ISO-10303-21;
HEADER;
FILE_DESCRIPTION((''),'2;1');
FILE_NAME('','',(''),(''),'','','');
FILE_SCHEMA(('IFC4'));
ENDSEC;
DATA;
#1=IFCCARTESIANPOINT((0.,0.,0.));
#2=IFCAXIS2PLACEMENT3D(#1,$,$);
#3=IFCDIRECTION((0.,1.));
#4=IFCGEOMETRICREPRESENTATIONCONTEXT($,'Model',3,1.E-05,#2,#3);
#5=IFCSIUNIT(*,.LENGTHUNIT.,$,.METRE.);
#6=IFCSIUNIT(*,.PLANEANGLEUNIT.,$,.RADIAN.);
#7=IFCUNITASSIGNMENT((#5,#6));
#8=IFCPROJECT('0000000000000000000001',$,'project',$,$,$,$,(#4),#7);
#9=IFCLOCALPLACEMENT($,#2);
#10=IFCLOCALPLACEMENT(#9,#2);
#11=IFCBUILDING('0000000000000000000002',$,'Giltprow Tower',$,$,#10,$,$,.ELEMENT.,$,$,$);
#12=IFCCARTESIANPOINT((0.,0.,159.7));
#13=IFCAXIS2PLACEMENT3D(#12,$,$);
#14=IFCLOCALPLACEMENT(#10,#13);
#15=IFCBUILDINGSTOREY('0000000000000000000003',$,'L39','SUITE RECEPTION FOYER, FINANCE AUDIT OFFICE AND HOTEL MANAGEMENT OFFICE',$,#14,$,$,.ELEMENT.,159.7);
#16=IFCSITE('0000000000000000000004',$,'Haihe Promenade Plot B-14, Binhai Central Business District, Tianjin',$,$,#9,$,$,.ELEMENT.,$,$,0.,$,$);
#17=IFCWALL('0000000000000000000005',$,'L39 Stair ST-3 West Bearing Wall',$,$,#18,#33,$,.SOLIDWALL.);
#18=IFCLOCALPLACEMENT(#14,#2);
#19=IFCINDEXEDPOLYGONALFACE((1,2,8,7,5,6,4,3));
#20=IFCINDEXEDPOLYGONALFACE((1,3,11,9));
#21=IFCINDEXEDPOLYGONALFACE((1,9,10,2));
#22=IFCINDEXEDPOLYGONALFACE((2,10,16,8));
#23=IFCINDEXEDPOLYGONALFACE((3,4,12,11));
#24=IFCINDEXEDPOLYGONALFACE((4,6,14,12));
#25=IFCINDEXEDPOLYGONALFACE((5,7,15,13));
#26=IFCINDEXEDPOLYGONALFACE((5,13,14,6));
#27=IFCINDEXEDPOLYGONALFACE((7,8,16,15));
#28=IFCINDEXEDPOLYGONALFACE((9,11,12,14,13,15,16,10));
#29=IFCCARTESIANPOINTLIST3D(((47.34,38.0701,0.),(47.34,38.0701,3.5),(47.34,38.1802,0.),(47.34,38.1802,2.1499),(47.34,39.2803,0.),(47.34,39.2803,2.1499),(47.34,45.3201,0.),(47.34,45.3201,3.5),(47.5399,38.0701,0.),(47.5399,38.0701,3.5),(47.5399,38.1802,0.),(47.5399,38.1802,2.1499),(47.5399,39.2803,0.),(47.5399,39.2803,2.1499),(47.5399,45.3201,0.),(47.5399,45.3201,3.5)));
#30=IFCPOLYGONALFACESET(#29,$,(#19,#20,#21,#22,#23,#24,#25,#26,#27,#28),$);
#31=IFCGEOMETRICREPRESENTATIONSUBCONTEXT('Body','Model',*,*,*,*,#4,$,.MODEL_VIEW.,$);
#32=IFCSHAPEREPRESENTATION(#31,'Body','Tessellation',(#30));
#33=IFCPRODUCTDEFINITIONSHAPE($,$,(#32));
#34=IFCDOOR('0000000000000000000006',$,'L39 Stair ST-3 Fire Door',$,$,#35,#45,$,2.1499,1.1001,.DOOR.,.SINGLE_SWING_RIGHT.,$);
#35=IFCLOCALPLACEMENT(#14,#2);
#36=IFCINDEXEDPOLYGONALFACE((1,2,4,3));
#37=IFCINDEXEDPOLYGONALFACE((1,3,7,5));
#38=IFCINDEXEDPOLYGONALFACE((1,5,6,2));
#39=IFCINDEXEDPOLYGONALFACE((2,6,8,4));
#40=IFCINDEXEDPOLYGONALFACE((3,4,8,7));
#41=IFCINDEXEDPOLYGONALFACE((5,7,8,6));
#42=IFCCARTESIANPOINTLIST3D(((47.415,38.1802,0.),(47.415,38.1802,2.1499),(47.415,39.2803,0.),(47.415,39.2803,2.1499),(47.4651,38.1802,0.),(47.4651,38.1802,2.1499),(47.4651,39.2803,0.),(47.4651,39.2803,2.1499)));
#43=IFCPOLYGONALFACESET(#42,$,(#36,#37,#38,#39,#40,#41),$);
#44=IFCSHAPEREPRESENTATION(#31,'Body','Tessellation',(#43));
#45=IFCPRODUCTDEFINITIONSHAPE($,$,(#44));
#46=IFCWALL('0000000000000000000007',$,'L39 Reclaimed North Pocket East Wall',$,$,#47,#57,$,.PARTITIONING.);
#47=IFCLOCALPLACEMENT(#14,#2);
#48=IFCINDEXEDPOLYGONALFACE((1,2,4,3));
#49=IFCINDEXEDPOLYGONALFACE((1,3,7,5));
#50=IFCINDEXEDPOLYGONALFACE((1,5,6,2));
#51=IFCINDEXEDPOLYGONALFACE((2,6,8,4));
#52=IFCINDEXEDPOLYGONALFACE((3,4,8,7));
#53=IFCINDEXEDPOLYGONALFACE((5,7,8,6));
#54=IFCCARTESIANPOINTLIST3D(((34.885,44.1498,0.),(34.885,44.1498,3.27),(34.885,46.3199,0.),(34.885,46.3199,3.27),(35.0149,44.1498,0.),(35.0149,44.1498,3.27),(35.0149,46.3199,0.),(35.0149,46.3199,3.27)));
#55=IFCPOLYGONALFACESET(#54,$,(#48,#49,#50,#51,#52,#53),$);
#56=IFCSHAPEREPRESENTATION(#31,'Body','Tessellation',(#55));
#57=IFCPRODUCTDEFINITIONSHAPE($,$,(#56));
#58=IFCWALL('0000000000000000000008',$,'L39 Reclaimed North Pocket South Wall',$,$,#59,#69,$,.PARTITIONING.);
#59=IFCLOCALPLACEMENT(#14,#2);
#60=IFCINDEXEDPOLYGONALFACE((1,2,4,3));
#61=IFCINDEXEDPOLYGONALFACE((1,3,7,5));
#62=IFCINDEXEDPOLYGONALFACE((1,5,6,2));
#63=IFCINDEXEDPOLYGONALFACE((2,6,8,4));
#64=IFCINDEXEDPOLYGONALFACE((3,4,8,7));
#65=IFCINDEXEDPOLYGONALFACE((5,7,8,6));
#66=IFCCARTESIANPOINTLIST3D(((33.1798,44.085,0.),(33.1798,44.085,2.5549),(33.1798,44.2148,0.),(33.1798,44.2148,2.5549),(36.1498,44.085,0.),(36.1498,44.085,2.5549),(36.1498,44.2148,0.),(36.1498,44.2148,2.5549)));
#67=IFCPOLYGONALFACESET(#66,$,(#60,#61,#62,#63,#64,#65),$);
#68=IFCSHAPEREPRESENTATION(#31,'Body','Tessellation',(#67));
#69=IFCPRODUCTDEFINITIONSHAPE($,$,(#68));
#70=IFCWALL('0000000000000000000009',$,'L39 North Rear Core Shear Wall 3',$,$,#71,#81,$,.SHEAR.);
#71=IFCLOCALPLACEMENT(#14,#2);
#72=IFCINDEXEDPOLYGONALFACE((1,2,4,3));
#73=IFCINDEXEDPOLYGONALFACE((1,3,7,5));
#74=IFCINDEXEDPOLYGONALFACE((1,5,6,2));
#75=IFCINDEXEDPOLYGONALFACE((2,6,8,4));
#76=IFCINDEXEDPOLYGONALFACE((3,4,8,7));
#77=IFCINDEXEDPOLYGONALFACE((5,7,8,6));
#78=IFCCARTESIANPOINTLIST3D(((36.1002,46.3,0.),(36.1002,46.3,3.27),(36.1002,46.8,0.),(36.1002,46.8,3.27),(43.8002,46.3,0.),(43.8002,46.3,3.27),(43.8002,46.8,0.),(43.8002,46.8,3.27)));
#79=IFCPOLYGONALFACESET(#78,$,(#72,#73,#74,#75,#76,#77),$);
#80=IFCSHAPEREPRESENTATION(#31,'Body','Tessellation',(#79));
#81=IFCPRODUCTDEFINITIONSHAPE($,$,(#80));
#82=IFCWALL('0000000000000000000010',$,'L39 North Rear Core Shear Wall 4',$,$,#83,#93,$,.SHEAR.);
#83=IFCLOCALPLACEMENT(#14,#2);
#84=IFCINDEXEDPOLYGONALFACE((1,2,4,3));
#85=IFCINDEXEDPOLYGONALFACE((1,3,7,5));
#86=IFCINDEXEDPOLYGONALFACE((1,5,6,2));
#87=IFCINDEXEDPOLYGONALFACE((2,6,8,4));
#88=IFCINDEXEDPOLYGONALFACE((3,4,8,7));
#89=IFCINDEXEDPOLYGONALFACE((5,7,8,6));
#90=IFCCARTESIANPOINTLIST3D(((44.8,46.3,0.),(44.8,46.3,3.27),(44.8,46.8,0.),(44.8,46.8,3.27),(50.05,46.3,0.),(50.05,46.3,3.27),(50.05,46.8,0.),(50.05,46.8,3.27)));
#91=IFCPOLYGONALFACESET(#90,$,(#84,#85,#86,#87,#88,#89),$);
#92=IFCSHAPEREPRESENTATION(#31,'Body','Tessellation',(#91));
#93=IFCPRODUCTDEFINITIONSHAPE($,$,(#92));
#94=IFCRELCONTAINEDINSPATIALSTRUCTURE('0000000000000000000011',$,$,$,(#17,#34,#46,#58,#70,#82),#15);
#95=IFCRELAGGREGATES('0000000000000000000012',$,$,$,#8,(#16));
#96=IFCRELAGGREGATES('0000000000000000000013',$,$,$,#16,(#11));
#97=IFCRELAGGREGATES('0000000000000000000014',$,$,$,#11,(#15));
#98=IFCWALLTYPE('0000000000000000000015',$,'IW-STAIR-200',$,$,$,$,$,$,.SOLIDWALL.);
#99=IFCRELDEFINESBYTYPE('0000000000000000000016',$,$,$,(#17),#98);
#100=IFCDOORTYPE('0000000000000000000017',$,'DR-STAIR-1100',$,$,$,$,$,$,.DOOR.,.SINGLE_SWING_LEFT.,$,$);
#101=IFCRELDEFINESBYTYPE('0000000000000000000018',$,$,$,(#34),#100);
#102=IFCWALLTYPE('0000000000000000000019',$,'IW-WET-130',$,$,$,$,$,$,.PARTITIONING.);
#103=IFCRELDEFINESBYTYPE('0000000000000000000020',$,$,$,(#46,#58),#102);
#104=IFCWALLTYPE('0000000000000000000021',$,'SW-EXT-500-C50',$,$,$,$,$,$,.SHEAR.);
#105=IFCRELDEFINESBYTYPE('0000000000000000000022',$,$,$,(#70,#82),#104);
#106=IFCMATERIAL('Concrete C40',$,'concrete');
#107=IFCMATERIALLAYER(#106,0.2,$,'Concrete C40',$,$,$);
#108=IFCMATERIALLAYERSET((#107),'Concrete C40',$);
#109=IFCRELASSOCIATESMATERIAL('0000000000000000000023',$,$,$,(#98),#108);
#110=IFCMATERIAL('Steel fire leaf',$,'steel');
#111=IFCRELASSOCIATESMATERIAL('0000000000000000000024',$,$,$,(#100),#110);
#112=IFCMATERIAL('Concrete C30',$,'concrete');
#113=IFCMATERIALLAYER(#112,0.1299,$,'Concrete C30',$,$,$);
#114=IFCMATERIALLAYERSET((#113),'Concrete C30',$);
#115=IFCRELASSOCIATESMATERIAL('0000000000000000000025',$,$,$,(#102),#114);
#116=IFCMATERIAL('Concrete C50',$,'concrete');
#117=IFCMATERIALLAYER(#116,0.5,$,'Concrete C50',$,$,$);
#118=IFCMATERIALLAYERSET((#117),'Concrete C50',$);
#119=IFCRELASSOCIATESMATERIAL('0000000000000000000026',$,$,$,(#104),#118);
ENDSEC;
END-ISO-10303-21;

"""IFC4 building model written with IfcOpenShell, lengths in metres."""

from ifc_helpers import new_model, si_unit, direction, frame, frame_2d, origin, place, context, subcontext, project, spatial, rectangle, extrude, source, transform, mapped, material, layer, layer_set, type_object, element, fill, save


model = new_model("IFC4")

# Units and contexts
model_context = context("Model", 3, precision=1e-05, world=origin(), true_north=direction((0.0, 1.0)))
body_context = subcontext(model_context, "Body", "Model", "MODEL_VIEW")
ifc_project = project(units=[si_unit("LENGTHUNIT", "METRE"), si_unit("PLANEANGLEUNIT", "RADIAN")], contexts=[model_context])

# Site, building, storey
site_placement = place(None, origin())
site = spatial("IfcSite", under=ifc_project, at=site_placement, Name="Haihe Promenade Plot B-14, Binhai Central Business District, Tianjin", CompositionType="ELEMENT", RefElevation=0.0)
building_placement = place(site_placement, origin())
building = spatial("IfcBuilding", under=site, at=building_placement, Name="Giltprow Tower", CompositionType="ELEMENT")
storey_placement = place(building_placement, frame((0.0, 0.0, 159.7)))
storey = spatial("IfcBuildingStorey", under=building, at=storey_placement, Name="L39", Description="SUITE RECEPTION FOYER, FINANCE AUDIT OFFICE AND HOTEL MANAGEMENT OFFICE", CompositionType="ELEMENT", Elevation=159.7)

# Shared definitions
ifc_material_1 = material(Name="Concrete C50", Category="concrete")

# Shared definitions
ifc_material_2 = material(Name="Concrete C40", Category="concrete")

# Wall, opening, door
ifc_layer_1 = layer(ifc_material_2, 0.2, Name="Concrete C40")
ifc_layer_set_1 = layer_set([ifc_layer_1], Name="Concrete C40")
wall_type_1 = type_object("IfcWallType", Name="IW-STAIR-200", PredefinedType="SOLIDWALL", material=ifc_layer_set_1)
wall_1_placement = place(storey_placement, frame((47.4399, 38.0701, 0.0), z_axis=(0.0, 0.0, 1.0), x_axis=(0.0, 1.0, 0.0)))
wall_1 = element("IfcWall", 1, at=wall_1_placement, inside=storey, type_object=wall_type_1, Name="L39 Stair ST-3 West Bearing Wall", PredefinedType="SOLIDWALL", context=body_context, shape_type="SweptSolid", body=[
    extrude(rectangle(XDim=7.25, YDim=0.2, at=frame_2d((3.625, 0.0))), origin(), (0.0, 0.0, 1.0), 3.5),
])
opening_1_placement = place(wall_1_placement, frame((0.1101, 0.0, 0.0)))
opening_1 = element("IfcOpeningElement", 2, at=opening_1_placement, cuts=wall_1, PredefinedType="OPENING", context=body_context, shape_type="SweptSolid", body=[
    extrude(rectangle(XDim=1.1001, YDim=2.1499, at=frame_2d((0.55, 1.075))), frame((0.0, 0.1099, 0.0), z_axis=(0.0, -1.0, 0.0), x_axis=(1.0, 0.0, 0.0)), (0.0, 0.0, 1.0), 0.22),
])
ifc_material_3 = material(Name="Steel fire leaf", Category="steel")
door_type_1 = type_object("IfcDoorType", Name="DR-STAIR-1100", OperationType="SINGLE_SWING_LEFT", PredefinedType="DOOR", material=ifc_material_3)
shared_shape_1 = source(origin(), body_context, "Body", "SweptSolid", [
    extrude(rectangle(XDim=1.1001, YDim=2.1499, at=frame_2d((0.55, 1.075))), frame((0.0, 0.0249, 0.0), z_axis=(0.0, -1.0, 0.0), x_axis=(1.0, 0.0, 0.0)), (0.0, 0.0, 1.0), 0.05),
])
door_1_placement = place(opening_1_placement, origin())
door_1 = element("IfcDoor", 3, at=door_1_placement, inside=storey, type_object=door_type_1, Name="L39 Stair ST-3 Fire Door", OperationType="SINGLE_SWING_RIGHT", OverallHeight=2.1499, OverallWidth=1.1001, PredefinedType="DOOR", context=body_context, shape_type="MappedRepresentation", body=[
    mapped(shared_shape_1, transform((0.0, 0.0, 0.0), x_axis=(1.0, 0.0, 0.0), y_axis=(0.0, 1.0, 0.0), z_axis=(0.0, 0.0, 1.0), scale=1.0)),
])
fill(opening_1, door_1)

# Walls
ifc_material_4 = material(Name="Concrete C30", Category="concrete")
ifc_layer_2 = layer(ifc_material_4, 0.1299, Name="Concrete C30")
ifc_layer_set_2 = layer_set([ifc_layer_2], Name="Concrete C30")
wall_type_2 = type_object("IfcWallType", Name="IW-WET-130", PredefinedType="PARTITIONING", material=ifc_layer_set_2)
wall_2_placement = place(storey_placement, frame((34.95, 44.1499, 0.0), z_axis=(0.0, 0.0, 1.0), x_axis=(0.0, 1.0, 0.0)))
element("IfcWall", 4, at=wall_2_placement, inside=storey, type_object=wall_type_2, Name="L39 Reclaimed North Pocket East Wall", PredefinedType="PARTITIONING", context=body_context, shape_type="SweptSolid", body=[
    extrude(rectangle(XDim=2.1702, YDim=0.1299, at=frame_2d((1.085, 0.0))), origin(), (0.0, 0.0, 1.0), 3.27),
])
wall_3_placement = place(storey_placement, frame((33.1799, 44.1499, 0.0), z_axis=(0.0, 0.0, 1.0), x_axis=(1.0, 0.0, 0.0)))
element("IfcWall", 5, at=wall_3_placement, inside=storey, type_object=wall_type_2, Name="L39 Reclaimed North Pocket South Wall", PredefinedType="PARTITIONING", context=body_context, shape_type="SweptSolid", body=[
    extrude(rectangle(XDim=2.97, YDim=0.1299, at=frame_2d((1.4849, 0.0))), origin(), (0.0, 0.0, 1.0), 2.5549),
])
ifc_layer_3 = layer(ifc_material_1, 0.5, Name="Concrete C50")
ifc_layer_set_3 = layer_set([ifc_layer_3], Name="Concrete C50")
wall_type_3 = type_object("IfcWallType", Name="SW-EXT-500-C50", PredefinedType="SHEAR", material=ifc_layer_set_3)
wall_4_placement = place(storey_placement, frame((36.1001, 46.55, 0.0), z_axis=(0.0, 0.0, 1.0), x_axis=(1.0, 0.0, 0.0)))
element("IfcWall", 6, at=wall_4_placement, inside=storey, type_object=wall_type_3, Name="L39 North Rear Core Shear Wall 3", PredefinedType="SHEAR", context=body_context, shape_type="SweptSolid", body=[
    extrude(rectangle(XDim=7.7, YDim=0.5, at=frame_2d((3.8501, 0.0))), origin(), (0.0, 0.0, 1.0), 3.27),
])
wall_5_placement = place(storey_placement, frame((44.8, 46.55, 0.0), z_axis=(0.0, 0.0, 1.0), x_axis=(1.0, 0.0, 0.0)))
element("IfcWall", 7, at=wall_5_placement, inside=storey, type_object=wall_type_3, Name="L39 North Rear Core Shear Wall 4", PredefinedType="SHEAR", context=body_context, shape_type="SweptSolid", body=[
    extrude(rectangle(XDim=5.25, YDim=0.5, at=frame_2d((2.625, 0.0))), origin(), (0.0, 0.0, 1.0), 3.27),
])

save(model, "model.ifc")
